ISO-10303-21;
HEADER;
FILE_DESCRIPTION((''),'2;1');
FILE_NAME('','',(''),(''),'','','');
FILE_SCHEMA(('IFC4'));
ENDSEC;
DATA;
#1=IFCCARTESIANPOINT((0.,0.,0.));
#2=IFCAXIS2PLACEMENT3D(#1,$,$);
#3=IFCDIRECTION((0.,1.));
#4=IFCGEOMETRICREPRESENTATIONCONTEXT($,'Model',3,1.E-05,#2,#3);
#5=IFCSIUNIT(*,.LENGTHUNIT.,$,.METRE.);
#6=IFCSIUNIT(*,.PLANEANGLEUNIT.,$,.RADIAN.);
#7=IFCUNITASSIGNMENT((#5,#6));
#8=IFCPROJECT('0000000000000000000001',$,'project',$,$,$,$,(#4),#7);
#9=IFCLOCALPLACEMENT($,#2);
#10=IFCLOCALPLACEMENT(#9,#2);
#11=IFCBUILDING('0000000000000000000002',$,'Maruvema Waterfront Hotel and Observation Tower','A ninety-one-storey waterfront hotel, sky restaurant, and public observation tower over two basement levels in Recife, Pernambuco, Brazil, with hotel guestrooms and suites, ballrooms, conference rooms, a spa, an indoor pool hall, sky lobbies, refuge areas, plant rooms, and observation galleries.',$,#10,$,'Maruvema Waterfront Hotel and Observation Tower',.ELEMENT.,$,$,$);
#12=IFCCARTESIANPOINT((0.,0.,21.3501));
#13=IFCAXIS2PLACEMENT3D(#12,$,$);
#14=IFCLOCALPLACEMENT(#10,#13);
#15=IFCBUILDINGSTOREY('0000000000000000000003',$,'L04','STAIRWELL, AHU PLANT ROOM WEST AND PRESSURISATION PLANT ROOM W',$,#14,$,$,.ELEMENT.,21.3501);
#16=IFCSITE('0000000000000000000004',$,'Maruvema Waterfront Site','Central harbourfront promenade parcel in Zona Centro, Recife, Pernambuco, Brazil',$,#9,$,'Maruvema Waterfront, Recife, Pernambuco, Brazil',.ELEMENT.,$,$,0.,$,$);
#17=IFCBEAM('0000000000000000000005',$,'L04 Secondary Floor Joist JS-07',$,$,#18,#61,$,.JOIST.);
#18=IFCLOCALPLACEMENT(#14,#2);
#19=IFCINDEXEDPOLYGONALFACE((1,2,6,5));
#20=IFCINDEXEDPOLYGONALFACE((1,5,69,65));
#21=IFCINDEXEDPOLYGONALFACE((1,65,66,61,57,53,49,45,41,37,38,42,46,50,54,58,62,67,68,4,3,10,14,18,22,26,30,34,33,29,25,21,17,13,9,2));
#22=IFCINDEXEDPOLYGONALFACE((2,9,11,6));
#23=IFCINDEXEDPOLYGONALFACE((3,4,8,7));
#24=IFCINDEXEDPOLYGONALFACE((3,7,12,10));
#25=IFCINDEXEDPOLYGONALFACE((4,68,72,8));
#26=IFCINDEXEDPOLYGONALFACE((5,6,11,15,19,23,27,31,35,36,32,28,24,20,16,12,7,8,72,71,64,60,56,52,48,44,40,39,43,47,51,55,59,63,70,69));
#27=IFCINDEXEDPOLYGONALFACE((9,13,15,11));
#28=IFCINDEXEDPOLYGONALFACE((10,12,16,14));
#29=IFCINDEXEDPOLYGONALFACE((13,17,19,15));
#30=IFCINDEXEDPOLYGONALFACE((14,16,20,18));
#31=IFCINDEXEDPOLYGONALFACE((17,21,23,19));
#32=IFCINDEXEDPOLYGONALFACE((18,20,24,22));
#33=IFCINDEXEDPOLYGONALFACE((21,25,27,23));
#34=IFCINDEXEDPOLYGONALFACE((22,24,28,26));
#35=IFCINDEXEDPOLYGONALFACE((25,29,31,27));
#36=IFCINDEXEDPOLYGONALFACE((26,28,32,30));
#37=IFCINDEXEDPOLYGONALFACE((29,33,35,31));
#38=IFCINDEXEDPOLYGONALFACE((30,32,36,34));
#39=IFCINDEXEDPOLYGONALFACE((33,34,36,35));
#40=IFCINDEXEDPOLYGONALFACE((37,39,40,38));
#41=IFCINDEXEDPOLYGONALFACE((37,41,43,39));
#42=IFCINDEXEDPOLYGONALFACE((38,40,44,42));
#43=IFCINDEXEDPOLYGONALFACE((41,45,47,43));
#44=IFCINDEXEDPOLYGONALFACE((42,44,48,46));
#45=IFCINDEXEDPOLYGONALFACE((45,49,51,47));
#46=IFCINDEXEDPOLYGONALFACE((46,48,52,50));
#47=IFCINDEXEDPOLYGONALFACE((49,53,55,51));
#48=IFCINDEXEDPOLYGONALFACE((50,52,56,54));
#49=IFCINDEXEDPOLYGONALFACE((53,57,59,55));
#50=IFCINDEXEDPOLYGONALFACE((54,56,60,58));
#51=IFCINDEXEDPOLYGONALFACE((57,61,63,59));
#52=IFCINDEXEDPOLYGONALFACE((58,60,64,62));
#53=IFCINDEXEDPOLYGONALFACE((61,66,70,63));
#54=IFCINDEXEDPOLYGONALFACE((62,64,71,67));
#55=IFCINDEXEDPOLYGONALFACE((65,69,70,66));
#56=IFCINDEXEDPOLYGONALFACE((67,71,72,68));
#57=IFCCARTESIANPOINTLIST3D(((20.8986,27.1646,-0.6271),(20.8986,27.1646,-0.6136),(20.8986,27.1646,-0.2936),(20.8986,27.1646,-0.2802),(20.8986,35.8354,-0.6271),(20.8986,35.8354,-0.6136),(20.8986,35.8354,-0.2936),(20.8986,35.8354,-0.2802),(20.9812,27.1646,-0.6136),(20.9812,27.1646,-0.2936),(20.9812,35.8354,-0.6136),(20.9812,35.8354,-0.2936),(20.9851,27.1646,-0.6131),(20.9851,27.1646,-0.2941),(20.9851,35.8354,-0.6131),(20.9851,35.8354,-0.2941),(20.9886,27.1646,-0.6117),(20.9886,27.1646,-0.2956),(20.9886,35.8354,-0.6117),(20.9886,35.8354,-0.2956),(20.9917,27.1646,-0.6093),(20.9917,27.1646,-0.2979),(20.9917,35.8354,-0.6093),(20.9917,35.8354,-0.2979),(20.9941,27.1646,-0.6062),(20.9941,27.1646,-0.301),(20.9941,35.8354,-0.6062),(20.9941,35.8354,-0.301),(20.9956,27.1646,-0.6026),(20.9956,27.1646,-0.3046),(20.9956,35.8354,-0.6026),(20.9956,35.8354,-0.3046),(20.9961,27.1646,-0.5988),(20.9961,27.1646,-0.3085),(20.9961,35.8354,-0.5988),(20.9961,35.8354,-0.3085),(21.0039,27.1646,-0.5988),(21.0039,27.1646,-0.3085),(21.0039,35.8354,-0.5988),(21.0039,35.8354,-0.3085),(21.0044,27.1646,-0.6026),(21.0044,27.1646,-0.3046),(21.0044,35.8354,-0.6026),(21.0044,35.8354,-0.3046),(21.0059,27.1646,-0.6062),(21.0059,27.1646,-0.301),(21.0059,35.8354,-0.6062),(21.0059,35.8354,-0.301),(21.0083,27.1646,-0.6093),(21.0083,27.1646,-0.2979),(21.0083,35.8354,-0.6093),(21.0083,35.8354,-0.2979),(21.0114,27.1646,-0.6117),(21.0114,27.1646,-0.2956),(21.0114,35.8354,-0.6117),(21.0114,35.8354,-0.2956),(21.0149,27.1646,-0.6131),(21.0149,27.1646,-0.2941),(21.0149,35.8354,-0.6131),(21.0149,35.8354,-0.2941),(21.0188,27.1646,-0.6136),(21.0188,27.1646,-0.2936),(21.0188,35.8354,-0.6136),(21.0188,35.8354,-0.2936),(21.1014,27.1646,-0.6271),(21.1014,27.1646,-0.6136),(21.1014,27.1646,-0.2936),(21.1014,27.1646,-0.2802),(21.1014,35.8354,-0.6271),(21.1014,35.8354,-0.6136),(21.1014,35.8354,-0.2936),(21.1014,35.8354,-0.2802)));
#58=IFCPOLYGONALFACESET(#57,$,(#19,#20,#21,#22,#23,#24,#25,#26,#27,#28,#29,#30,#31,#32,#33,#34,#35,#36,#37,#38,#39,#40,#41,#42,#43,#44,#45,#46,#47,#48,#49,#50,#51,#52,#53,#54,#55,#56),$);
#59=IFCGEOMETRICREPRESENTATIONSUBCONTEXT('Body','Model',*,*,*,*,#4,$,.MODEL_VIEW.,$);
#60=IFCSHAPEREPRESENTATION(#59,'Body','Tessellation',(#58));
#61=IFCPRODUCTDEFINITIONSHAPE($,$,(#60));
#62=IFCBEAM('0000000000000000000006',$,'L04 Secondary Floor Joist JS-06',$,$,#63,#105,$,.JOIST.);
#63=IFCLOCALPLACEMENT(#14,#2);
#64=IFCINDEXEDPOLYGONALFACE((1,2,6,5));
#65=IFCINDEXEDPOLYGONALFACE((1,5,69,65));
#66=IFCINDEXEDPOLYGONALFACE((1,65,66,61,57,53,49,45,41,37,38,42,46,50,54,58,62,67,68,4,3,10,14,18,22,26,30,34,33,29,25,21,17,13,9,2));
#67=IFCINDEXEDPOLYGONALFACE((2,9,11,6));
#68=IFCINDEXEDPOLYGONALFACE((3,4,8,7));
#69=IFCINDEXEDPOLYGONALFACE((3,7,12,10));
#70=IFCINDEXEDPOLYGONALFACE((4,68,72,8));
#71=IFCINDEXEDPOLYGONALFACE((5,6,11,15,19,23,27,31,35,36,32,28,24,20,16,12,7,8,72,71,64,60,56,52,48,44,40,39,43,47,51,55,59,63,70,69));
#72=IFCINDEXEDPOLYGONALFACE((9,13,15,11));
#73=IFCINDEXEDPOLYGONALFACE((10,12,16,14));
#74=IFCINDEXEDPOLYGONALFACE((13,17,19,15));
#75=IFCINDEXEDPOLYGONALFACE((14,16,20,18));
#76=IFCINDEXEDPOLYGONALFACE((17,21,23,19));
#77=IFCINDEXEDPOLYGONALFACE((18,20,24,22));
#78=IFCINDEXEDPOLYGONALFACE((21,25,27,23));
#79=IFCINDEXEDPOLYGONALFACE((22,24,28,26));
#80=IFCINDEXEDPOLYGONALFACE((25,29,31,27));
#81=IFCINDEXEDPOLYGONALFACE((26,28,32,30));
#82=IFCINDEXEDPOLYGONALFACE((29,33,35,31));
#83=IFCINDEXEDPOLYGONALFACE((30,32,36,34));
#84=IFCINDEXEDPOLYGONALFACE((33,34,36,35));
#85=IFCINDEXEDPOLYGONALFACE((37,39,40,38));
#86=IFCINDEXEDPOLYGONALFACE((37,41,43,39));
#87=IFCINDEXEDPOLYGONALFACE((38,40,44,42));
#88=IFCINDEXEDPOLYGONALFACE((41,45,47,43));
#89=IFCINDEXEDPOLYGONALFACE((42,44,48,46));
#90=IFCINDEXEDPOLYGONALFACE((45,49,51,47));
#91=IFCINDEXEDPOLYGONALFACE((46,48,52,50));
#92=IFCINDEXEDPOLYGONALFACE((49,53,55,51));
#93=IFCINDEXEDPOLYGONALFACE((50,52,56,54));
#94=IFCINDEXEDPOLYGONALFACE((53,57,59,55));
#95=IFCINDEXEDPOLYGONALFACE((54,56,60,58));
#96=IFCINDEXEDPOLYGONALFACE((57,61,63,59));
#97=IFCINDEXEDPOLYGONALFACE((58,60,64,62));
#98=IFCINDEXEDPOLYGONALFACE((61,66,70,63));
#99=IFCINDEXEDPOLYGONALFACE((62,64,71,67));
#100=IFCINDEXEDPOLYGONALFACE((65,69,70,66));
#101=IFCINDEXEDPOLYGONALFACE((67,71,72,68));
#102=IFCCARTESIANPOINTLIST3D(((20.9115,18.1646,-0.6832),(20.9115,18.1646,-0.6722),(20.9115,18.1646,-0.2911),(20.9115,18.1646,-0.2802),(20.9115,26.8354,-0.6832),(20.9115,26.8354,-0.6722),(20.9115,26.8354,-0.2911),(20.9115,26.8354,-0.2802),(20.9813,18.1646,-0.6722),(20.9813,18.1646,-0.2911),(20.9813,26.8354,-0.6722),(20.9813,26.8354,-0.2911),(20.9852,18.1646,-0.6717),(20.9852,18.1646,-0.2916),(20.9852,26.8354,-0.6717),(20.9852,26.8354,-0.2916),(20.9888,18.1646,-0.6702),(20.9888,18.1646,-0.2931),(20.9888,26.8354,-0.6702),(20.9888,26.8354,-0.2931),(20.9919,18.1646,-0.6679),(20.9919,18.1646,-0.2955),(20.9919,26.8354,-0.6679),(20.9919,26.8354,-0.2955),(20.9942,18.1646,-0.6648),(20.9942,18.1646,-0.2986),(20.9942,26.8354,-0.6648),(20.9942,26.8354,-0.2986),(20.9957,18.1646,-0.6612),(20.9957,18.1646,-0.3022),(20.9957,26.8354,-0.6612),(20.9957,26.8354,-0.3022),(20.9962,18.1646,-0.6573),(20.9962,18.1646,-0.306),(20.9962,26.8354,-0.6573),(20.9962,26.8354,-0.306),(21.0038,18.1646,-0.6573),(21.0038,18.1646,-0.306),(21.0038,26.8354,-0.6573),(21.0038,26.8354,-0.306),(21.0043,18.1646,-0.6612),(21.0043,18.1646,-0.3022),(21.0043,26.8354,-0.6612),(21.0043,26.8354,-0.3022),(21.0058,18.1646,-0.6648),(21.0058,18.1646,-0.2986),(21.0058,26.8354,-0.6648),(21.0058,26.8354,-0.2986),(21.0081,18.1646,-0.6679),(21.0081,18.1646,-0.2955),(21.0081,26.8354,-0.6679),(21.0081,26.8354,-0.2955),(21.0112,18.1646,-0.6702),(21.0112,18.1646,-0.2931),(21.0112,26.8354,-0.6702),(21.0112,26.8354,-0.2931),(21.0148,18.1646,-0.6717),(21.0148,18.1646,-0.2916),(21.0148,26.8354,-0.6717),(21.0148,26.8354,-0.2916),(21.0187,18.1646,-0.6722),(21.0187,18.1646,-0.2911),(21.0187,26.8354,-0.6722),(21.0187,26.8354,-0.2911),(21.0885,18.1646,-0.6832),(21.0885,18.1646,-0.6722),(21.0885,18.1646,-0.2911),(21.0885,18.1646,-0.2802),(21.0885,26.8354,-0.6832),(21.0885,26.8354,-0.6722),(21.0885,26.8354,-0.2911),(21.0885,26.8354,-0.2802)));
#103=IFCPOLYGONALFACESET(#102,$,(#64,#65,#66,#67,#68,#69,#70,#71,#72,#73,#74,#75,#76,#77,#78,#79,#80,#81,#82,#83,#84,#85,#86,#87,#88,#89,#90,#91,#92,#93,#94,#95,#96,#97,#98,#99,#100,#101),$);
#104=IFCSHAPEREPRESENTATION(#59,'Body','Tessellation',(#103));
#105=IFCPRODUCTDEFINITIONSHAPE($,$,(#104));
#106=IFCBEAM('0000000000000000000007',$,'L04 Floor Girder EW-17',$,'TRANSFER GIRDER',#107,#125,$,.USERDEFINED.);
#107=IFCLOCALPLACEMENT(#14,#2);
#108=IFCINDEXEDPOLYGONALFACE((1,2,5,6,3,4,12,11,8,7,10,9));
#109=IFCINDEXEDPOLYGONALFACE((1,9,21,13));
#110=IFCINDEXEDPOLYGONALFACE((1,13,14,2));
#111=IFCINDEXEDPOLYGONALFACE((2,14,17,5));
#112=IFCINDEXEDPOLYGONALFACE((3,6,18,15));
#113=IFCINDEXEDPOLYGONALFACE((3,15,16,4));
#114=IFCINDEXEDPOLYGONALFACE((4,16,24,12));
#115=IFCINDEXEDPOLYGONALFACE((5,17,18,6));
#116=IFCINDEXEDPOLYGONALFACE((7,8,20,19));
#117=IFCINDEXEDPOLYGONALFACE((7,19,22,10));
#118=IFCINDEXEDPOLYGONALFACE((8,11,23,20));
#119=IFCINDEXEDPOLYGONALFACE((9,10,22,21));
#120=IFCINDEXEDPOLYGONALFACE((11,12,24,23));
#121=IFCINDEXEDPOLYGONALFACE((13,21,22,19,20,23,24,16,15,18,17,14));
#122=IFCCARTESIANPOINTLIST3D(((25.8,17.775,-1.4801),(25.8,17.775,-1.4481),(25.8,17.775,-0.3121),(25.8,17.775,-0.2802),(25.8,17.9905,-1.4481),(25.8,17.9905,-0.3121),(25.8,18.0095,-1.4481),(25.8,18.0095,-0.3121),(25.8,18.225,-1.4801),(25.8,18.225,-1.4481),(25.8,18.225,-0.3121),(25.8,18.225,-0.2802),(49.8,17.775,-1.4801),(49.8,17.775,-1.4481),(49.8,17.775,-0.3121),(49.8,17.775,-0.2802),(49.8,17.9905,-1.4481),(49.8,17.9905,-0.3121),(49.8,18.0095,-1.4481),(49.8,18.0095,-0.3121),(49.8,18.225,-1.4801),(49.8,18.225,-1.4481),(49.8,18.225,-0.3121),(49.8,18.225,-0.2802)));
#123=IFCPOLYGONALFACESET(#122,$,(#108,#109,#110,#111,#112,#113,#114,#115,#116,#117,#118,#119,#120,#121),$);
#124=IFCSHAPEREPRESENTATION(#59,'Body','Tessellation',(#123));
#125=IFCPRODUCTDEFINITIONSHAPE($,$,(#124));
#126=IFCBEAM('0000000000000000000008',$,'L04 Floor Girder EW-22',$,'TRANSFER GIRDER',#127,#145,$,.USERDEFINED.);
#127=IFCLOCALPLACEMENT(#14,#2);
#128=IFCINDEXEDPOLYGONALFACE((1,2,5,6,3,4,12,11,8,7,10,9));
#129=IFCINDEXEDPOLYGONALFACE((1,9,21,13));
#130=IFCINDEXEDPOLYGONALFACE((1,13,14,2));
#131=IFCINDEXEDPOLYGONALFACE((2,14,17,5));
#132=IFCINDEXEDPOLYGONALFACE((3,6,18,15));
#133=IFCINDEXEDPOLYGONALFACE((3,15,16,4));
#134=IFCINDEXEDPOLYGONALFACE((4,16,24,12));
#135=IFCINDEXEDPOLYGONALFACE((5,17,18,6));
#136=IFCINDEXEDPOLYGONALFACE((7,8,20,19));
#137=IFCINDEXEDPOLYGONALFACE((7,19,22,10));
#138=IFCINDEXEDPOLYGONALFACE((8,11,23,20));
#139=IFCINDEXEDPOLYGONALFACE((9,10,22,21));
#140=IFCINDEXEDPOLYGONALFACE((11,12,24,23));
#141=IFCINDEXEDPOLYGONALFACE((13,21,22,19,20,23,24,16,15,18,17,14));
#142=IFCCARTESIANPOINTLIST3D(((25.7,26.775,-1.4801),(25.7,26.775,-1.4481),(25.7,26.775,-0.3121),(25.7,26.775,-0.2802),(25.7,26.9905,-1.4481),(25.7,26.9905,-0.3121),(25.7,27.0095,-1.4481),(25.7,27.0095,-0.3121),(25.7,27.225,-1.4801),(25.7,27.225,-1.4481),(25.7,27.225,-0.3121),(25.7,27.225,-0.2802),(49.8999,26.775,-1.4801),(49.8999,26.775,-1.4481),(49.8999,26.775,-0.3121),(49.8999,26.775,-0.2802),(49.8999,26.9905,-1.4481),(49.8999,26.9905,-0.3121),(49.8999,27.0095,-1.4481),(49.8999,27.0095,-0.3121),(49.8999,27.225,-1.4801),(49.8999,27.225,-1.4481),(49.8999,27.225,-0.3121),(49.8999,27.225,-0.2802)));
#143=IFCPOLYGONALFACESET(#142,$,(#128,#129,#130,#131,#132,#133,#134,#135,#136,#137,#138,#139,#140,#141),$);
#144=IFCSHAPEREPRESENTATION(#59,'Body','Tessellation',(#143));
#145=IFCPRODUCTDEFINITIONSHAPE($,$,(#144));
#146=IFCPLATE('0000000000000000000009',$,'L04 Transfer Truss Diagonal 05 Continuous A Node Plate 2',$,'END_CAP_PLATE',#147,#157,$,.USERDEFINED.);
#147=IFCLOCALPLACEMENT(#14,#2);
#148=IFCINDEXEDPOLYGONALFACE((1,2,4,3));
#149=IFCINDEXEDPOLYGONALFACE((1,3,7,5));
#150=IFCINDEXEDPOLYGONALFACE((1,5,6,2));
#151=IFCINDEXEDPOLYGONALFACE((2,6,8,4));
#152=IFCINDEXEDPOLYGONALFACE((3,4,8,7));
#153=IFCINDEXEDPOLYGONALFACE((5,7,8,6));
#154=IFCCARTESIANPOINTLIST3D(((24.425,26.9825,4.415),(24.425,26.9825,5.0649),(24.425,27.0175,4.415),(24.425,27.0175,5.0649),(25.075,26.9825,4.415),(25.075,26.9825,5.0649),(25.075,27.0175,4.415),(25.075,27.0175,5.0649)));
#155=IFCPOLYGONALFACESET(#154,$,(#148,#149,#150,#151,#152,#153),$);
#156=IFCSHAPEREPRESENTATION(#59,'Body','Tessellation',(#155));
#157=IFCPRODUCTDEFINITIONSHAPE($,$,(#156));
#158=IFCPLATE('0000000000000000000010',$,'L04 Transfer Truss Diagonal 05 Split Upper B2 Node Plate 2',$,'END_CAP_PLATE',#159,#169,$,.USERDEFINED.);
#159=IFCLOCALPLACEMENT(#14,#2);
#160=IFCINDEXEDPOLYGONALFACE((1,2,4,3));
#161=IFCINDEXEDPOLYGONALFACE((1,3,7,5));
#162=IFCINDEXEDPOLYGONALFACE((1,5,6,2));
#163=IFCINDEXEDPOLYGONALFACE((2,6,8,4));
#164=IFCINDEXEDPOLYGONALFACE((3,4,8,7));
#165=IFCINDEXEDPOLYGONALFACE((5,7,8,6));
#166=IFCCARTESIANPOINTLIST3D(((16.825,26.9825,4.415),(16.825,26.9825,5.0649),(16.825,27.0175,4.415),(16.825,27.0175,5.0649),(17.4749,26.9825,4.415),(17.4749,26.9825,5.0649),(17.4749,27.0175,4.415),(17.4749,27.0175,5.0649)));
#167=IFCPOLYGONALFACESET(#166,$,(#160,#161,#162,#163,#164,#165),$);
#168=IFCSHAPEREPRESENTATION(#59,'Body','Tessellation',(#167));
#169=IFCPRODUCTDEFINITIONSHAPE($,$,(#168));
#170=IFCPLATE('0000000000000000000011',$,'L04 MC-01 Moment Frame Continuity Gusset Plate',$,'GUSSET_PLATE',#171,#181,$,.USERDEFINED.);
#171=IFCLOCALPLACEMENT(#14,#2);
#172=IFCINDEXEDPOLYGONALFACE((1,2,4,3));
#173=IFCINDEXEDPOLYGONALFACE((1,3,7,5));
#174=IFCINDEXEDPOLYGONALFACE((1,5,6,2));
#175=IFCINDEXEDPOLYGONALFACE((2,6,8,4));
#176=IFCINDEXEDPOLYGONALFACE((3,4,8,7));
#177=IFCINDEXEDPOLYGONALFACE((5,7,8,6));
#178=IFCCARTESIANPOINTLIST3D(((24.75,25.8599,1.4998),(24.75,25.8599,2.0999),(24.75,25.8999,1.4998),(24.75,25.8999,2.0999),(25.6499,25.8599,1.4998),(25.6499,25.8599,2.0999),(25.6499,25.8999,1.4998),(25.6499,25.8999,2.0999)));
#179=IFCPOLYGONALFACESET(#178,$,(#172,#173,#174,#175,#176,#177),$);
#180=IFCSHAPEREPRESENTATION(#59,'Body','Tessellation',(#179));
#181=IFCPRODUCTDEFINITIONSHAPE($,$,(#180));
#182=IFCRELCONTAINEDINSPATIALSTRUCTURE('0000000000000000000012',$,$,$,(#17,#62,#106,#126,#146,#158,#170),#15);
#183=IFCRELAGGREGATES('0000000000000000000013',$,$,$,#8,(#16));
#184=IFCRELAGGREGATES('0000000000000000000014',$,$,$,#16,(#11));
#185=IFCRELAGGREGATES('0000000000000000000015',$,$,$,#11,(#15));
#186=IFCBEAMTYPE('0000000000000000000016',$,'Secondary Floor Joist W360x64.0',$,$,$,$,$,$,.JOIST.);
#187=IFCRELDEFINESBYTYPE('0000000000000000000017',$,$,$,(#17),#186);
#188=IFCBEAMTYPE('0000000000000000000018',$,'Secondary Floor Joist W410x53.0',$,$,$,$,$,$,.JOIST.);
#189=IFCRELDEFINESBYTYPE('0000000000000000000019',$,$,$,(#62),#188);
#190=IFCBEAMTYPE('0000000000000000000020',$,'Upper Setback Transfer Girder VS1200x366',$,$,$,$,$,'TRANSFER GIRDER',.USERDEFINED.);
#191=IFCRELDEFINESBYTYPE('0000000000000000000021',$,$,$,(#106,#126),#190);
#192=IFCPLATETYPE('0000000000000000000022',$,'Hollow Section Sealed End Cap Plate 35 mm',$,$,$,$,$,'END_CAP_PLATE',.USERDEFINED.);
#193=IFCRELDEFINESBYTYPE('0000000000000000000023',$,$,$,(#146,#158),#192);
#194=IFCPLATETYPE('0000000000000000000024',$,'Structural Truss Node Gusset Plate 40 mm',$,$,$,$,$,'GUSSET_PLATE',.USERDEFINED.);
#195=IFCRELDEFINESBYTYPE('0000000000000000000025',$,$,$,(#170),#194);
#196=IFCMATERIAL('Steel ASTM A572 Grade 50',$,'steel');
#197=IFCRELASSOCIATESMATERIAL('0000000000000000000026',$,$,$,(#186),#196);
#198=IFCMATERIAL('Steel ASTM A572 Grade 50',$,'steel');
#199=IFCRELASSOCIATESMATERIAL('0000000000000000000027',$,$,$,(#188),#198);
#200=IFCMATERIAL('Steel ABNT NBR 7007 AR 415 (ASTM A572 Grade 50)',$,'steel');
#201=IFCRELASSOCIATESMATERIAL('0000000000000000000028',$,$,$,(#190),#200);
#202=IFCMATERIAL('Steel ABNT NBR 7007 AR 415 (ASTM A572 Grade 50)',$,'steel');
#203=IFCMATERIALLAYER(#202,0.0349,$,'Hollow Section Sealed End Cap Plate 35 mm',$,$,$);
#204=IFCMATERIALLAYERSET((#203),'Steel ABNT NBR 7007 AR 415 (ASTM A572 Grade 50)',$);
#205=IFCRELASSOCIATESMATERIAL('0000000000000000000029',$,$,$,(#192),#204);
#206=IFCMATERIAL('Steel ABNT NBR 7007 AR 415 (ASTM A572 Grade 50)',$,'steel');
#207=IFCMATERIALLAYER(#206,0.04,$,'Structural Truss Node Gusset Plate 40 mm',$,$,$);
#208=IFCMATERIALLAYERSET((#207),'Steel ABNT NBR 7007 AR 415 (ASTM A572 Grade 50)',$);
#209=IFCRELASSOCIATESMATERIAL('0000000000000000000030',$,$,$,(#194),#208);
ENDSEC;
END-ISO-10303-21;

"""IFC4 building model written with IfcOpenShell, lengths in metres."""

from ifc_helpers import new_model, si_unit, direction, frame, origin, origin_2d, place, context, subcontext, project, spatial, rectangle, i_section, extrude, material, layer, layer_set, material_profile, profile_set, type_object, element, save


model = new_model("IFC4")

# Units and contexts
model_context = context("Model", 3, precision=1e-05, world=origin(), true_north=direction((0.0, 1.0)))
body_context = subcontext(model_context, "Body", "Model", "MODEL_VIEW")
ifc_project = project(units=[si_unit("LENGTHUNIT", "METRE"), si_unit("PLANEANGLEUNIT", "RADIAN")], contexts=[model_context])

# Site, building, storey
site_placement = place(None, origin())
site = spatial("IfcSite", under=ifc_project, at=site_placement, Name="Maruvema Waterfront Site", Description="Central harbourfront promenade parcel in Zona Centro, Recife, Pernambuco, Brazil", LongName="Maruvema Waterfront, Recife, Pernambuco, Brazil", CompositionType="ELEMENT", RefElevation=0.0)
building_placement = place(site_placement, origin())
building = spatial("IfcBuilding", under=site, at=building_placement, Name="Maruvema Waterfront Hotel and Observation Tower", Description="A ninety-one-storey waterfront hotel, sky restaurant, and public observation tower over two basement levels in Recife, Pernambuco, Brazil, with hotel guestrooms and suites, ballrooms, conference rooms, a spa, an indoor pool hall, sky lobbies, refuge areas, plant rooms, and observation galleries.", LongName="Maruvema Waterfront Hotel and Observation Tower", CompositionType="ELEMENT")
storey_placement = place(building_placement, frame((0.0, 0.0, 21.3501)))
storey = spatial("IfcBuildingStorey", under=building, at=storey_placement, Name="L04", Description="STAIRWELL, AHU PLANT ROOM WEST AND PRESSURISATION PLANT ROOM W", CompositionType="ELEMENT", Elevation=21.3501)

# Beams
ifc_material_1 = material(Name="Steel ASTM A572 Grade 50", Category="steel")
ifc_material_profile_1 = material_profile(ifc_material_1, i_section(OverallWidth=0.2029, OverallDepth=0.3469, WebThickness=0.0078, FlangeThickness=0.0134, FilletRadius=0.0149, at=origin_2d()), Name="W360x64.0")
ifc_profile_set_1 = profile_set([ifc_material_profile_1], Name="Steel ASTM A572 Grade 50")
beam_type_1 = type_object("IfcBeamType", Name="Secondary Floor Joist W360x64.0", PredefinedType="JOIST", material=ifc_profile_set_1)
beam_1_placement = place(storey_placement, frame((21.0, 27.1646, -0.4536), z_axis=(0.0, 1.0, 0.0), x_axis=(-1.0, 0.0, 0.0)))
element("IfcBeam", 1, at=beam_1_placement, inside=storey, type_object=beam_type_1, Name="L04 Secondary Floor Joist JS-07", PredefinedType="JOIST", context=body_context, shape_type="SweptSolid", body=[
    extrude(i_section(OverallWidth=0.2029, OverallDepth=0.3469, WebThickness=0.0078, FlangeThickness=0.0134, FilletRadius=0.0149, at=origin_2d()), origin(), (0.0, 0.0, 1.0), 8.6709),
])
ifc_material_2 = material(Name="Steel ASTM A572 Grade 50", Category="steel")
ifc_material_profile_2 = material_profile(ifc_material_2, i_section(OverallWidth=0.177, OverallDepth=0.4031, WebThickness=0.0076, FlangeThickness=0.011, FilletRadius=0.0149, at=origin_2d()), Name="W410x53.0")
ifc_profile_set_2 = profile_set([ifc_material_profile_2], Name="Steel ASTM A572 Grade 50")
beam_type_2 = type_object("IfcBeamType", Name="Secondary Floor Joist W410x53.0", PredefinedType="JOIST", material=ifc_profile_set_2)
beam_2_placement = place(storey_placement, frame((21.0, 18.1646, -0.4817), z_axis=(0.0, 1.0, 0.0), x_axis=(-1.0, 0.0, 0.0)))
element("IfcBeam", 2, at=beam_2_placement, inside=storey, type_object=beam_type_2, Name="L04 Secondary Floor Joist JS-06", PredefinedType="JOIST", context=body_context, shape_type="SweptSolid", body=[
    extrude(i_section(OverallWidth=0.177, OverallDepth=0.4031, WebThickness=0.0076, FlangeThickness=0.011, FilletRadius=0.0149, at=origin_2d()), origin(), (0.0, 0.0, 1.0), 8.6709),
])
ifc_material_3 = material(Name="Steel ABNT NBR 7007 AR 415 (ASTM A572 Grade 50)", Category="steel")
ifc_material_profile_3 = material_profile(ifc_material_3, i_section(OverallWidth=0.45, OverallDepth=1.2, WebThickness=0.019, FlangeThickness=0.032, at=origin_2d()), Name="VS1200x366")
ifc_profile_set_3 = profile_set([ifc_material_profile_3], Name="Steel ABNT NBR 7007 AR 415 (ASTM A572 Grade 50)")
beam_type_3 = type_object("IfcBeamType", Name="Upper Setback Transfer Girder VS1200x366", ElementType="TRANSFER GIRDER", PredefinedType="USERDEFINED", material=ifc_profile_set_3)
beam_3_placement = place(storey_placement, frame((25.8, 18.0, -0.8801), z_axis=(1.0, 0.0, 0.0), x_axis=(0.0, 1.0, 0.0)))
element("IfcBeam", 3, at=beam_3_placement, inside=storey, type_object=beam_type_3, Name="L04 Floor Girder EW-17", ObjectType="TRANSFER GIRDER", PredefinedType="USERDEFINED", context=body_context, shape_type="SweptSolid", body=[
    extrude(i_section(OverallWidth=0.45, OverallDepth=1.2, WebThickness=0.019, FlangeThickness=0.032, at=origin_2d()), origin(), (0.0, 0.0, 1.0), 24.0),
])
beam_4_placement = place(storey_placement, frame((25.7, 27.0, -0.8801), z_axis=(1.0, 0.0, 0.0), x_axis=(0.0, 1.0, 0.0)))
element("IfcBeam", 4, at=beam_4_placement, inside=storey, type_object=beam_type_3, Name="L04 Floor Girder EW-22", ObjectType="TRANSFER GIRDER", PredefinedType="USERDEFINED", context=body_context, shape_type="SweptSolid", body=[
    extrude(i_section(OverallWidth=0.45, OverallDepth=1.2, WebThickness=0.019, FlangeThickness=0.032, at=origin_2d()), origin(), (0.0, 0.0, 1.0), 24.2),
])

# Plates
ifc_material_4 = material(Name="Steel ABNT NBR 7007 AR 415 (ASTM A572 Grade 50)", Category="steel")
ifc_layer_1 = layer(ifc_material_4, 0.0349, Name="Hollow Section Sealed End Cap Plate 35 mm")
ifc_layer_set_1 = layer_set([ifc_layer_1], Name="Steel ABNT NBR 7007 AR 415 (ASTM A572 Grade 50)")
plate_type_1 = type_object("IfcPlateType", Name="Hollow Section Sealed End Cap Plate 35 mm", ElementType="END_CAP_PLATE", PredefinedType="USERDEFINED", material=ifc_layer_set_1)
for number, where, z_axis, x_axis, name in (
    (5, (24.75, 27.0, 4.415), (0.0, 0.0, 1.0), (1.0, 0.0, 0.0), "L04 Transfer Truss Diagonal 05 Continuous A Node Plate 2"),
    (6, (17.1499, 27.0, 4.415), (0.0, 0.0, 1.0), (-1.0, 0.0, 0.0), "L04 Transfer Truss Diagonal 05 Split Upper B2 Node Plate 2"),
):
    element("IfcPlate", number, at=place(storey_placement, frame(where, z_axis=z_axis, x_axis=x_axis)), inside=storey, type_object=plate_type_1, Name=name, ObjectType="END_CAP_PLATE", PredefinedType="USERDEFINED", context=body_context, shape_type="SweptSolid", body=[
        extrude(rectangle(XDim=0.6499, YDim=0.0349, at=origin_2d()), origin(), (0.0, 0.0, 1.0), 0.6499),
    ])
ifc_material_5 = material(Name="Steel ABNT NBR 7007 AR 415 (ASTM A572 Grade 50)", Category="steel")
ifc_layer_2 = layer(ifc_material_5, 0.04, Name="Structural Truss Node Gusset Plate 40 mm")
ifc_layer_set_2 = layer_set([ifc_layer_2], Name="Steel ABNT NBR 7007 AR 415 (ASTM A572 Grade 50)")
plate_type_2 = type_object("IfcPlateType", Name="Structural Truss Node Gusset Plate 40 mm", ElementType="GUSSET_PLATE", PredefinedType="USERDEFINED", material=ifc_layer_set_2)
plate_1_placement = place(storey_placement, frame((25.2, 25.8799, 1.4998), z_axis=(0.0, 0.0, 1.0), x_axis=(1.0, 0.0, 0.0)))
element("IfcPlate", 7, at=plate_1_placement, inside=storey, type_object=plate_type_2, Name="L04 MC-01 Moment Frame Continuity Gusset Plate", ObjectType="GUSSET_PLATE", PredefinedType="USERDEFINED", context=body_context, shape_type="SweptSolid", body=[
    extrude(rectangle(XDim=0.8999, YDim=0.04, at=origin_2d()), origin(), (0.0, 0.0, 1.0), 0.6001),
])

save(model, "model.ifc")
